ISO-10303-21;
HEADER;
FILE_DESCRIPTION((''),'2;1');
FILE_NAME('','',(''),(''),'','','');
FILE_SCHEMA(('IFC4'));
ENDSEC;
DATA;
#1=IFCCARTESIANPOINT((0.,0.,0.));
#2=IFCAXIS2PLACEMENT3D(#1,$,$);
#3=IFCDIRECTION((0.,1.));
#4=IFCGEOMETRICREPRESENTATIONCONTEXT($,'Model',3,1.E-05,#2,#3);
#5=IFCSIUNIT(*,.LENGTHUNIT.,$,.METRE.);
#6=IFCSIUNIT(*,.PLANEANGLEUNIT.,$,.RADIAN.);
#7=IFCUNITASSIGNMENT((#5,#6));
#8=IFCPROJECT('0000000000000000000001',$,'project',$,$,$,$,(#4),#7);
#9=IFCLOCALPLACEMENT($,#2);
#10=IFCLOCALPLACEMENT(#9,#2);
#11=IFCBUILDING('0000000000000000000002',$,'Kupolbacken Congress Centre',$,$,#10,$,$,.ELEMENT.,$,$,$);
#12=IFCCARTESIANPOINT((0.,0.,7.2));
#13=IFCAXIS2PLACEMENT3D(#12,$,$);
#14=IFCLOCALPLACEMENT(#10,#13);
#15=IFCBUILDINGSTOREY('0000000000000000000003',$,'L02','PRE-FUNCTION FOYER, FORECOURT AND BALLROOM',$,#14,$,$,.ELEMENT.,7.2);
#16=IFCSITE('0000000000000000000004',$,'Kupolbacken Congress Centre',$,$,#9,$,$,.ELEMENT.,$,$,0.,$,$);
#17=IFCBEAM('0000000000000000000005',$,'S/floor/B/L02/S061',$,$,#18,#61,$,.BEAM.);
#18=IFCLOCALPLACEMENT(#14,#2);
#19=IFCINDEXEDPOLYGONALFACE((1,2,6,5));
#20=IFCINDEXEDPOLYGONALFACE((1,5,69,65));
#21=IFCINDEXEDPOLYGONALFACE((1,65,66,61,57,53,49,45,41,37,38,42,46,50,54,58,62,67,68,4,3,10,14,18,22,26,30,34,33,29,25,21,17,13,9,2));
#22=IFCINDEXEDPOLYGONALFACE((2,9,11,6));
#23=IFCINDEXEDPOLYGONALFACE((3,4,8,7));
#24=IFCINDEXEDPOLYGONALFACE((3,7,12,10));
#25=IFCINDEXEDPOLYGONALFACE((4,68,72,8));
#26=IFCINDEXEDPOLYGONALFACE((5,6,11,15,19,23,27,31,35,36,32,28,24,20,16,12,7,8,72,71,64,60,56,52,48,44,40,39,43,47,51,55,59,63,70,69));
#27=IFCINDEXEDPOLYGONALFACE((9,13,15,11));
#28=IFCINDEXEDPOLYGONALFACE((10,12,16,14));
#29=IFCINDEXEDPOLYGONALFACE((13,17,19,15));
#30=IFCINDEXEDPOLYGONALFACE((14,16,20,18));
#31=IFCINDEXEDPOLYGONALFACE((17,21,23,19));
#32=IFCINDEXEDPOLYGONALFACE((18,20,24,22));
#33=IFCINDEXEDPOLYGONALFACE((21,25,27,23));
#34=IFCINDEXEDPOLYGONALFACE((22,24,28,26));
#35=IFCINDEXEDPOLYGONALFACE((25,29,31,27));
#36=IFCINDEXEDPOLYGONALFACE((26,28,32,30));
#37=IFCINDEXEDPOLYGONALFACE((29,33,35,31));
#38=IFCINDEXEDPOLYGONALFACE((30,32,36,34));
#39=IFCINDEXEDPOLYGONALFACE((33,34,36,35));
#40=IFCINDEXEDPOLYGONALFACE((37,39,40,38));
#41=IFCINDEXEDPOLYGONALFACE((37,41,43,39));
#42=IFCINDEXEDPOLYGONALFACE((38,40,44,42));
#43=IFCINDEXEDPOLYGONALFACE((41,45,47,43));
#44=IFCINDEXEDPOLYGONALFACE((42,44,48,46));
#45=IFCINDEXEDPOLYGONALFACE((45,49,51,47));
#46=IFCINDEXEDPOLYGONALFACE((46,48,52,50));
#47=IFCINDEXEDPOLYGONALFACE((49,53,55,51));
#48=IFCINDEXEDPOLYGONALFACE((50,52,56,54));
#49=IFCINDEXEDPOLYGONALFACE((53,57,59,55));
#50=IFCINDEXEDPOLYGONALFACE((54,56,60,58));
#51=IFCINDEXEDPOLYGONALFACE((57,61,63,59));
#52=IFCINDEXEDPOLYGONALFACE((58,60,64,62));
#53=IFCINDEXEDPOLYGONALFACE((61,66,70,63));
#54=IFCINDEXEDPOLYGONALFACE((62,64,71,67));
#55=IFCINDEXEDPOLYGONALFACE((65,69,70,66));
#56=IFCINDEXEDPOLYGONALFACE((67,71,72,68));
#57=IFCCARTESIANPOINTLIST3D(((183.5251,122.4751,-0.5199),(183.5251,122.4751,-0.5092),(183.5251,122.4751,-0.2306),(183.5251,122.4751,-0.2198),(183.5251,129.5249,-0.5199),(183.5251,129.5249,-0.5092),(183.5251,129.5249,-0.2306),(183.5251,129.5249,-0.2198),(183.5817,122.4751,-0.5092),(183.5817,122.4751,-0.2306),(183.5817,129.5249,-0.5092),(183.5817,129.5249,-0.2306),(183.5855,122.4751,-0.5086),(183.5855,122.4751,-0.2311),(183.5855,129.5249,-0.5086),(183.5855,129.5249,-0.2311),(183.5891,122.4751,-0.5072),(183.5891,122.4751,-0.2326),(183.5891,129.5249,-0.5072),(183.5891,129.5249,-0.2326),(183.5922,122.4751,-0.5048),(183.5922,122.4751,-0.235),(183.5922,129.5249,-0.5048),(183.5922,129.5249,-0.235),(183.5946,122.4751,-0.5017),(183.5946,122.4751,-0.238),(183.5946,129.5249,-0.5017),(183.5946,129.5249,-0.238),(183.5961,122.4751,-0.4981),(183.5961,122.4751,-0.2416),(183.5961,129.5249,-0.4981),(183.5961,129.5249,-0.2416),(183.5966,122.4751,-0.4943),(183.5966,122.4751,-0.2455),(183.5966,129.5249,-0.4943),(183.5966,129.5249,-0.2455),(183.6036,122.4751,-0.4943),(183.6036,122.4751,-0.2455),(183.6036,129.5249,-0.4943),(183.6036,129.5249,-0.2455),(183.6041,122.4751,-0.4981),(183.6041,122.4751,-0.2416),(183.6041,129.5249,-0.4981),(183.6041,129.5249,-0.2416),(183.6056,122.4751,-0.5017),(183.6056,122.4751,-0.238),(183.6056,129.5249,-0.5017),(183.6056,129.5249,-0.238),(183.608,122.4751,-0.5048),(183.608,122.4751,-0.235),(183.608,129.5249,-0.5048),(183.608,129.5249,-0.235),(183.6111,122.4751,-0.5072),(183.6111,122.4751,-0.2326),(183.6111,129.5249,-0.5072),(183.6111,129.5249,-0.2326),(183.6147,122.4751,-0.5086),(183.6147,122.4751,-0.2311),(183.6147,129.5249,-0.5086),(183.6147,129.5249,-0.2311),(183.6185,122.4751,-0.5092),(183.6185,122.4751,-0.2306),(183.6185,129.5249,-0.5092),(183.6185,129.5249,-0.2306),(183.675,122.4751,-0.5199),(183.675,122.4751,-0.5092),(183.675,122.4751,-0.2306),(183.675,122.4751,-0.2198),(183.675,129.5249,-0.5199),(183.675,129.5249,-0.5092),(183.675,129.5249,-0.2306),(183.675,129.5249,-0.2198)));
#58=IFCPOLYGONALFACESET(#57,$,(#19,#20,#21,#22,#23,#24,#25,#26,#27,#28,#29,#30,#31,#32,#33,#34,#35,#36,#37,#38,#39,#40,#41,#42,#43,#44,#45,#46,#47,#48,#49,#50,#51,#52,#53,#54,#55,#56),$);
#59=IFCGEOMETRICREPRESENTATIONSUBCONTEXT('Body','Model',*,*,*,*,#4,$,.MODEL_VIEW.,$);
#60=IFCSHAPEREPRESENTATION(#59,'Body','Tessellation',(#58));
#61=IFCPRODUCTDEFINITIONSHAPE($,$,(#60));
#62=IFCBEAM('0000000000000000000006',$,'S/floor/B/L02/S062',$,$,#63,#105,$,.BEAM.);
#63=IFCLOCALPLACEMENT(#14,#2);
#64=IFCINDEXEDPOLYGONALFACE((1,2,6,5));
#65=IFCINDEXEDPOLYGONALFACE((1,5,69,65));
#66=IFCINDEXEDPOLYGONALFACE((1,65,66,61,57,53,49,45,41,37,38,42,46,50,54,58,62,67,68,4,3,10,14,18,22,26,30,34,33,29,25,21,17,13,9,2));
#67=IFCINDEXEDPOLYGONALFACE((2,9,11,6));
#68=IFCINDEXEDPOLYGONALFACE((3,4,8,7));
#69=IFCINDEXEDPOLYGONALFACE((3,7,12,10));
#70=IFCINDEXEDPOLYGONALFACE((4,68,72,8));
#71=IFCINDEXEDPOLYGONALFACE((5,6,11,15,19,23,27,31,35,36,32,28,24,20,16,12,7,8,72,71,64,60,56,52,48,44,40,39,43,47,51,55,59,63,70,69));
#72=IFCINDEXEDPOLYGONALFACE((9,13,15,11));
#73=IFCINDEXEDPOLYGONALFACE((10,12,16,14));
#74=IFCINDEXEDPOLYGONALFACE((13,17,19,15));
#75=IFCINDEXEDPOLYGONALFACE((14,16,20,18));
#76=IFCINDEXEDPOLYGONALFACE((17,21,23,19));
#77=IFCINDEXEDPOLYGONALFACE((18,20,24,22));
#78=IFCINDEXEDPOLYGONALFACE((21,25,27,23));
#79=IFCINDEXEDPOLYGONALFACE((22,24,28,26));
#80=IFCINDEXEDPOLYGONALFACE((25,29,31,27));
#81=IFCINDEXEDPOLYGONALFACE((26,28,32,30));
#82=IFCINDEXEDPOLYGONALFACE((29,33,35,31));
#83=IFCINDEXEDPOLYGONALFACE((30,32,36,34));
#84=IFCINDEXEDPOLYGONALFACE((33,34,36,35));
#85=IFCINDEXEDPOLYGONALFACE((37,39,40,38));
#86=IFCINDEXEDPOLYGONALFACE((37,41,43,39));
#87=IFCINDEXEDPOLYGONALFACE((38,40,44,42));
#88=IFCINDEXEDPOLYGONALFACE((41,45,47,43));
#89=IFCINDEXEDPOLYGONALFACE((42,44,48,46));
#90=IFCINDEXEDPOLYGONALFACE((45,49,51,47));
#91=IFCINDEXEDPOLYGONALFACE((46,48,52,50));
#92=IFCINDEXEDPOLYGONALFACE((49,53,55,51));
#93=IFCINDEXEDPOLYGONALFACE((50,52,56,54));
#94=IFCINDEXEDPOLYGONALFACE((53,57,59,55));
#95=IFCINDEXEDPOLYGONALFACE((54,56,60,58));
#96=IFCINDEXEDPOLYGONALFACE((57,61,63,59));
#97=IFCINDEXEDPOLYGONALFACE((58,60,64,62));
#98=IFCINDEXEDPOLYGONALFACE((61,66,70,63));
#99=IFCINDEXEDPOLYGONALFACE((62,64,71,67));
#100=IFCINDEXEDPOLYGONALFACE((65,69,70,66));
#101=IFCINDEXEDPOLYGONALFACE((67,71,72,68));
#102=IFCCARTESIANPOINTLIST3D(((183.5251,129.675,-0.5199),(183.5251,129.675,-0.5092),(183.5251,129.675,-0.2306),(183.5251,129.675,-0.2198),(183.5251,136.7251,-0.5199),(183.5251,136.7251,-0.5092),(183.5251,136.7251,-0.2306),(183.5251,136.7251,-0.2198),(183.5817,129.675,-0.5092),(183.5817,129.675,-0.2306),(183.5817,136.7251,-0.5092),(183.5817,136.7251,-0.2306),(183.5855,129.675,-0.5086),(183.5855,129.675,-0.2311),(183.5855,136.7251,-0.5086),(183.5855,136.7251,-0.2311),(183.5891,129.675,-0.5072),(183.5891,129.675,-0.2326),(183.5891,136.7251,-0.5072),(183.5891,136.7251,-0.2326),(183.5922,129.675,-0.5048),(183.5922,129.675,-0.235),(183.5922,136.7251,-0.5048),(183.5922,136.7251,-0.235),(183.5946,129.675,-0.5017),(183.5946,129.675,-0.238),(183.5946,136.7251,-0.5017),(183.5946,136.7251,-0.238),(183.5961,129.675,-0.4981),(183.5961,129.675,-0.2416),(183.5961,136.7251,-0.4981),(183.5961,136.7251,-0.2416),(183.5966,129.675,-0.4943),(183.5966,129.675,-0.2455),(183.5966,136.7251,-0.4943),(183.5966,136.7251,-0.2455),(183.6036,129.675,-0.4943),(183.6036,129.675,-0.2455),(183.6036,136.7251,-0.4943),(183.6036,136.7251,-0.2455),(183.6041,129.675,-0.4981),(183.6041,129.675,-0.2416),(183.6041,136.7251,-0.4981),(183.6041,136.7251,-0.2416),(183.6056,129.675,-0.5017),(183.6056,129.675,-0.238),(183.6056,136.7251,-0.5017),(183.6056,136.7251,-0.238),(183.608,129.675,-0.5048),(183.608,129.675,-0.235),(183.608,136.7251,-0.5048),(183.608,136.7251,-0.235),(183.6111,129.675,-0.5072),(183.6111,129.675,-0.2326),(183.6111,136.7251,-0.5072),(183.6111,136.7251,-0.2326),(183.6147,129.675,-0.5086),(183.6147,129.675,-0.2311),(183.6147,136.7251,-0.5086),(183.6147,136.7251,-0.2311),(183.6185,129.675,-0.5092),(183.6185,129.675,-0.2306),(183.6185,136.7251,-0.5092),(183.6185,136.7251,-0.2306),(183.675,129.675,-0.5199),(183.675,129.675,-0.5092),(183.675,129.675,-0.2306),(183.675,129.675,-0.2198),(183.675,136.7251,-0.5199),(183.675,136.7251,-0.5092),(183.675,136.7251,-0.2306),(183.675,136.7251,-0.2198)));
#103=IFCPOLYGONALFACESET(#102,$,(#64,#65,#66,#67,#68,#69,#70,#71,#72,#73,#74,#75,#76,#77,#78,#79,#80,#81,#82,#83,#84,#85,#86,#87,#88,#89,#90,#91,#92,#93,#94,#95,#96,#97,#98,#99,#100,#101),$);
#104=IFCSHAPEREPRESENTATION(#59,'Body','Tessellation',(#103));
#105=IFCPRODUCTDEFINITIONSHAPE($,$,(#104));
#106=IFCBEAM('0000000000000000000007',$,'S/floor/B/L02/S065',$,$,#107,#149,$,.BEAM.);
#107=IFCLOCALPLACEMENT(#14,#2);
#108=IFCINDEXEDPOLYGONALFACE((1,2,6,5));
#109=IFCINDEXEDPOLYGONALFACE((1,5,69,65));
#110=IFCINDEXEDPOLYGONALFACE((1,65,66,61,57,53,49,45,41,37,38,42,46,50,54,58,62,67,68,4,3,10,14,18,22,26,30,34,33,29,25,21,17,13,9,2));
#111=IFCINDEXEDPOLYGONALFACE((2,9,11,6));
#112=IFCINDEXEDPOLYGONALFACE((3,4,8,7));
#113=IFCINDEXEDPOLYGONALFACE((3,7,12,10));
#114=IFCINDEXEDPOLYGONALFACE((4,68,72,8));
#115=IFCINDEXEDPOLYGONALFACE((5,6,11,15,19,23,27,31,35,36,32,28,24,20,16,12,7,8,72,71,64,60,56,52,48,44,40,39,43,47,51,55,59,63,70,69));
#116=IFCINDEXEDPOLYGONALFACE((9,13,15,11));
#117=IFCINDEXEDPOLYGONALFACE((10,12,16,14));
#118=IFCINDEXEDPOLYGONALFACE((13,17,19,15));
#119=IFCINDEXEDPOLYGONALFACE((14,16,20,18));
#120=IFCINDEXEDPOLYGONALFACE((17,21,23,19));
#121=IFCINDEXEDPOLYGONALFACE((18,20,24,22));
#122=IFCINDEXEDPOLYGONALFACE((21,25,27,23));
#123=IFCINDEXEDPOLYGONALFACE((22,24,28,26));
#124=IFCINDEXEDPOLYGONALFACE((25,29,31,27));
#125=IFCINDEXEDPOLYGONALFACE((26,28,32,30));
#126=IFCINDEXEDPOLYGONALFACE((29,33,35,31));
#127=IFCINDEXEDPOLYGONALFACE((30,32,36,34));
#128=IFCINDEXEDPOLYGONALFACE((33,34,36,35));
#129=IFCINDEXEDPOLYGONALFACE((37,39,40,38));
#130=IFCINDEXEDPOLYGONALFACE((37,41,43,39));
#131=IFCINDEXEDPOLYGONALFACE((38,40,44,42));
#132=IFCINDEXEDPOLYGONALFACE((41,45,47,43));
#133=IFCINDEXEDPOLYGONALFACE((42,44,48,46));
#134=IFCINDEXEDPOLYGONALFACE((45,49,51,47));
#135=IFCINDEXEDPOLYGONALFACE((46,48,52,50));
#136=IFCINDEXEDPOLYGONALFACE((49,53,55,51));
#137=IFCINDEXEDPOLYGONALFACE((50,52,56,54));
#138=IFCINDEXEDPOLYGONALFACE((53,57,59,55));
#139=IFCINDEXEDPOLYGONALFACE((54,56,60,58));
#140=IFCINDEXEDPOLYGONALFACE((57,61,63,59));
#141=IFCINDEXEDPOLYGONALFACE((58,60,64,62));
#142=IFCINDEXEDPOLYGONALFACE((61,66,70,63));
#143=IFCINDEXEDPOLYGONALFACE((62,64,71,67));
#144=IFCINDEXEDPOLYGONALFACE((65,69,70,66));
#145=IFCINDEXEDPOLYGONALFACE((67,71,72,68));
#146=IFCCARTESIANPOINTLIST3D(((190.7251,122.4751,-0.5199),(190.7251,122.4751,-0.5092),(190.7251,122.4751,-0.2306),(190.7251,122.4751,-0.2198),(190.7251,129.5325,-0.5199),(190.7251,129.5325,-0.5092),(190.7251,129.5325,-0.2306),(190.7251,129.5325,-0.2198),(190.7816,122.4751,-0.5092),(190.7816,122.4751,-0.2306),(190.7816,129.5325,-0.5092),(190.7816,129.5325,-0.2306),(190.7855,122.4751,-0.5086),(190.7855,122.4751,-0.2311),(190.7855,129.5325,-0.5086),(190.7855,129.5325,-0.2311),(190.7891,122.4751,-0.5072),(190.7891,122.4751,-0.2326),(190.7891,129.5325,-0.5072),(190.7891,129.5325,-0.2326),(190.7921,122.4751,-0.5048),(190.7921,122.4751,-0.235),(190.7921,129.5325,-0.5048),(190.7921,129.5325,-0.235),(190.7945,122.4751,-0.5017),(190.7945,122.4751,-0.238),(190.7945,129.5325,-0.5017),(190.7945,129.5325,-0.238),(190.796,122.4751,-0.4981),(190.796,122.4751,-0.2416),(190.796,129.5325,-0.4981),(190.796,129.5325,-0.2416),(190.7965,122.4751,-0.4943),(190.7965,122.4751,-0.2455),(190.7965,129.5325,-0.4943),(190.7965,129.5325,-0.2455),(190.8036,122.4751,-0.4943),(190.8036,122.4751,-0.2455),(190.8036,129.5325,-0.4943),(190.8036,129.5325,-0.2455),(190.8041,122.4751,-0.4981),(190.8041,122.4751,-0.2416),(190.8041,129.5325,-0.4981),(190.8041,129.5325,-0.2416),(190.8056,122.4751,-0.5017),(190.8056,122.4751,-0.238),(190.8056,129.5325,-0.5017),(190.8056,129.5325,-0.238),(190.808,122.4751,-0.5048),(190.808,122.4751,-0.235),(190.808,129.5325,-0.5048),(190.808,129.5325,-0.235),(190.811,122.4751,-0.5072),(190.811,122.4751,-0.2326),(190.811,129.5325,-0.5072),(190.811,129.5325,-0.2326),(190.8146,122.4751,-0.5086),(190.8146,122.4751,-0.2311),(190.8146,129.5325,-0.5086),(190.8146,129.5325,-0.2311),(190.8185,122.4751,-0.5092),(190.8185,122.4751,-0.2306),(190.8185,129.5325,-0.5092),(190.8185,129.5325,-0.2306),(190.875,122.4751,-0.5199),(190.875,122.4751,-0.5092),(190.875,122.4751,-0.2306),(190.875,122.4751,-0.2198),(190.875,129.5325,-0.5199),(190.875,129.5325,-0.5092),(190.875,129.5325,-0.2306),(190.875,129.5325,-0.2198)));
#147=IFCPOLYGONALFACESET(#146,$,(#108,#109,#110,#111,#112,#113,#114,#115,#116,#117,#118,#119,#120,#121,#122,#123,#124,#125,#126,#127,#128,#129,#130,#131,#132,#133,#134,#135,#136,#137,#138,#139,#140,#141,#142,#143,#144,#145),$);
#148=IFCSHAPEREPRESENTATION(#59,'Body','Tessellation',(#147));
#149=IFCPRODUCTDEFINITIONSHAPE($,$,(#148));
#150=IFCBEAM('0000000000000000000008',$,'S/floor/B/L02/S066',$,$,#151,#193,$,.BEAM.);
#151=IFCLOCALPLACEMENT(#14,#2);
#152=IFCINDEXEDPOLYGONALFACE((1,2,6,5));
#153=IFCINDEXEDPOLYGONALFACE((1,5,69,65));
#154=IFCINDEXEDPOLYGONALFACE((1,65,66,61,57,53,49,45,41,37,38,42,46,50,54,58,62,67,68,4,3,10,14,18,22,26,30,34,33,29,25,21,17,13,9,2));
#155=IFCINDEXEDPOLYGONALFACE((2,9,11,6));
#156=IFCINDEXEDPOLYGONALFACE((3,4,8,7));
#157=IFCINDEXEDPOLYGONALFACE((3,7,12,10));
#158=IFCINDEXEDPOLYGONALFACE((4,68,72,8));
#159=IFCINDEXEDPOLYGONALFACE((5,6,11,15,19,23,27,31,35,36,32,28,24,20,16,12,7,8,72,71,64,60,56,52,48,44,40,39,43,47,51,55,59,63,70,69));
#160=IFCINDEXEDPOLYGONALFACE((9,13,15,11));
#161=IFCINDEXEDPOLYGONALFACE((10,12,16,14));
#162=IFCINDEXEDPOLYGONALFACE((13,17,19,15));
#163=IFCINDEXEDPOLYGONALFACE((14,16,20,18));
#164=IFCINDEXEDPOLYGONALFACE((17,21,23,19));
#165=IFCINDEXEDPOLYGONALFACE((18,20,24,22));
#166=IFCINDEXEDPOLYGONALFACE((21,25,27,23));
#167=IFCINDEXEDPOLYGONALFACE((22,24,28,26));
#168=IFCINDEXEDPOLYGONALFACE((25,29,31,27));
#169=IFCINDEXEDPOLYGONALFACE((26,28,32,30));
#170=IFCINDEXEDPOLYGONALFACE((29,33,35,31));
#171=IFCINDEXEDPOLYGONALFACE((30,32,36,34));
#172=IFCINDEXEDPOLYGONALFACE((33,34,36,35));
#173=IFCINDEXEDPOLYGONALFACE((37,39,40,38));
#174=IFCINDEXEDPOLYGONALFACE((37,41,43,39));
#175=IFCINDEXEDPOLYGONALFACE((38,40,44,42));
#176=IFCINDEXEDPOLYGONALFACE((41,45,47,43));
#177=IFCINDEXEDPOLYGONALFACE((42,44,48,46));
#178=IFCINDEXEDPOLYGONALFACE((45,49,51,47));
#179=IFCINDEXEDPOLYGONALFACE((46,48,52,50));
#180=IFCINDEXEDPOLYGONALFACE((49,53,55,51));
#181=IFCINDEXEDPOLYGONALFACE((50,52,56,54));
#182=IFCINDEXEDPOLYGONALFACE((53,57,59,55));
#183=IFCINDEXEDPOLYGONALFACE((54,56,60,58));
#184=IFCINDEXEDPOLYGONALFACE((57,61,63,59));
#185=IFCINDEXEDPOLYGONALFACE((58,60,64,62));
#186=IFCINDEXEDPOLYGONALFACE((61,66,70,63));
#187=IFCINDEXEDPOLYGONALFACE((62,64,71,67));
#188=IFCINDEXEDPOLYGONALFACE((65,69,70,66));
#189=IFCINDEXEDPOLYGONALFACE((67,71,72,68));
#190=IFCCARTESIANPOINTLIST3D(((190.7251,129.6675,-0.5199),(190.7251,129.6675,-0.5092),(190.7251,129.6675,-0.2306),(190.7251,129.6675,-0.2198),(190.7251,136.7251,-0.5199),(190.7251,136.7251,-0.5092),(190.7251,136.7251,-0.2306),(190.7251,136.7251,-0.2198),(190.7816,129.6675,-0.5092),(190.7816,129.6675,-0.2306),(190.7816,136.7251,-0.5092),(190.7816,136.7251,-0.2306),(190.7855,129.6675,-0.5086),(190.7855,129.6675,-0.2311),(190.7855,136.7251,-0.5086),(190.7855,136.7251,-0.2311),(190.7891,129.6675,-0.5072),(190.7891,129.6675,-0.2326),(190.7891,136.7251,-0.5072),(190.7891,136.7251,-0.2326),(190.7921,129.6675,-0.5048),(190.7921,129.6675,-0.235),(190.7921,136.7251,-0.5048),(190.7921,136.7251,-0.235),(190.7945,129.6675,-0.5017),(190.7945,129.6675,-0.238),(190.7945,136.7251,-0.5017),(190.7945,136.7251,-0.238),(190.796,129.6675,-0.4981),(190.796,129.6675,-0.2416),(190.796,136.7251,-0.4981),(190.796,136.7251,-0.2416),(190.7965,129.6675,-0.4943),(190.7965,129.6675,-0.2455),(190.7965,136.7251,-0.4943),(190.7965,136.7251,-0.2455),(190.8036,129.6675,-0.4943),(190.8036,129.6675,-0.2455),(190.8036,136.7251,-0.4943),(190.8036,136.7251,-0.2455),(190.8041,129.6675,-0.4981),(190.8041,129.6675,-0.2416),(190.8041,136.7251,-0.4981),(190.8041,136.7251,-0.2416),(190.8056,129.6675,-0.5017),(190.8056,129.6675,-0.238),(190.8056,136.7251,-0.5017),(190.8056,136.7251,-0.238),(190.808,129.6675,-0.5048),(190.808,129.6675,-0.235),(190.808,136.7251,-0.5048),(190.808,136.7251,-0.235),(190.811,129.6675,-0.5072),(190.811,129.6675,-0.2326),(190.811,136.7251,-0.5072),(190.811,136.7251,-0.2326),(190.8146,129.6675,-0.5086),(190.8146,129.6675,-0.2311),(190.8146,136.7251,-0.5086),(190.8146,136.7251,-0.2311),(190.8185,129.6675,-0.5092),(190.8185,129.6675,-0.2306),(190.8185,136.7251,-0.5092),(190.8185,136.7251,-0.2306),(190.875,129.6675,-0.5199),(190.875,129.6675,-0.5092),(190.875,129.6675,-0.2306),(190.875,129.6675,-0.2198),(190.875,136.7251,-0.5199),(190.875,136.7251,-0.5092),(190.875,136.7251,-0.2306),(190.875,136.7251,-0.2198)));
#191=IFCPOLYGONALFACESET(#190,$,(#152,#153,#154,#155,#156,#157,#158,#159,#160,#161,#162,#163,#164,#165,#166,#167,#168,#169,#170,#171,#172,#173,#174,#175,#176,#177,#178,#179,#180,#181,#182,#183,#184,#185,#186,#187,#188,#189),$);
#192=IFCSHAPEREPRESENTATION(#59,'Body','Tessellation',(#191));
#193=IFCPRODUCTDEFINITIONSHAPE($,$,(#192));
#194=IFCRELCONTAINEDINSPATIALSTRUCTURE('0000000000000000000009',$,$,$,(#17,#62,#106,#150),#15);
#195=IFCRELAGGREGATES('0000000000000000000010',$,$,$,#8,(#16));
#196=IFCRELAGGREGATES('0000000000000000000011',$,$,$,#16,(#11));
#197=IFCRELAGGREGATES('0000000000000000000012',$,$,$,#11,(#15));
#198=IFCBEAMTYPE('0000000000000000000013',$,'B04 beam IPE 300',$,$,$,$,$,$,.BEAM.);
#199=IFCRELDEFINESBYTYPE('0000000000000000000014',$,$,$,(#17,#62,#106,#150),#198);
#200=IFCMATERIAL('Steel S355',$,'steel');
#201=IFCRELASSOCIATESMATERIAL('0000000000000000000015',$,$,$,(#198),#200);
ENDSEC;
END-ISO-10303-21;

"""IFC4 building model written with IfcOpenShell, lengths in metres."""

from ifc_helpers import new_model, si_unit, direction, frame, origin, origin_2d, place, context, subcontext, project, spatial, i_section, extrude, material, material_profile, profile_set, type_object, element, save


model = new_model("IFC4")

# Units and contexts
model_context = context("Model", 3, precision=1e-05, world=origin(), true_north=direction((0.0, 1.0)))
body_context = subcontext(model_context, "Body", "Model", "MODEL_VIEW")
ifc_project = project(units=[si_unit("LENGTHUNIT", "METRE"), si_unit("PLANEANGLEUNIT", "RADIAN")], contexts=[model_context])

# Site, building, storey
site_placement = place(None, origin())
site = spatial("IfcSite", under=ifc_project, at=site_placement, Name="Kupolbacken Congress Centre", CompositionType="ELEMENT", RefElevation=0.0)
building_placement = place(site_placement, origin())
building = spatial("IfcBuilding", under=site, at=building_placement, Name="Kupolbacken Congress Centre", CompositionType="ELEMENT")
storey_placement = place(building_placement, frame((0.0, 0.0, 7.2)))
storey = spatial("IfcBuildingStorey", under=building, at=storey_placement, Name="L02", Description="PRE-FUNCTION FOYER, FORECOURT AND BALLROOM", CompositionType="ELEMENT", Elevation=7.2)

# Beams
ifc_material_1 = material(Name="Steel S355", Category="steel")
ifc_material_profile_1 = material_profile(ifc_material_1, i_section(OverallWidth=0.1499, OverallDepth=0.3, WebThickness=0.0071, FlangeThickness=0.0107, FilletRadius=0.0149, at=origin_2d()), Name="IPE 300")
ifc_profile_set_1 = profile_set([ifc_material_profile_1], Name="Steel S355")
beam_type_1 = type_object("IfcBeamType", Name="B04 beam IPE 300", PredefinedType="BEAM", material=ifc_profile_set_1)
beam_1_placement = place(storey_placement, frame((183.6001, 122.4751, -0.3699), z_axis=(0.0, 1.0, 0.0), x_axis=(-1.0, 0.0, 0.0)))
element("IfcBeam", 1, at=beam_1_placement, inside=storey, type_object=beam_type_1, Name="S/floor/B/L02/S061", PredefinedType="BEAM", context=body_context, shape_type="SweptSolid", body=[
    extrude(i_section(OverallWidth=0.1499, OverallDepth=0.3, WebThickness=0.0071, FlangeThickness=0.0107, FilletRadius=0.0149, at=origin_2d()), origin(), (0.0, 0.0, 1.0), 7.0498),
])
beam_2_placement = place(storey_placement, frame((183.6001, 129.675, -0.3699), z_axis=(0.0, 1.0, 0.0), x_axis=(-1.0, 0.0, 0.0)))
element("IfcBeam", 2, at=beam_2_placement, inside=storey, type_object=beam_type_1, Name="S/floor/B/L02/S062", PredefinedType="BEAM", context=body_context, shape_type="SweptSolid", body=[
    extrude(i_section(OverallWidth=0.1499, OverallDepth=0.3, WebThickness=0.0071, FlangeThickness=0.0107, FilletRadius=0.0149, at=origin_2d()), origin(), (0.0, 0.0, 1.0), 7.05),
])
beam_3_placement = place(storey_placement, frame((190.8, 122.4751, -0.3699), z_axis=(0.0, 1.0, 0.0), x_axis=(-1.0, 0.0, 0.0)))
element("IfcBeam", 3, at=beam_3_placement, inside=storey, type_object=beam_type_1, Name="S/floor/B/L02/S065", PredefinedType="BEAM", context=body_context, shape_type="SweptSolid", body=[
    extrude(i_section(OverallWidth=0.1499, OverallDepth=0.3, WebThickness=0.0071, FlangeThickness=0.0107, FilletRadius=0.0149, at=origin_2d()), origin(), (0.0, 0.0, 1.0), 7.0574),
])
beam_4_placement = place(storey_placement, frame((190.8, 129.6675, -0.3699), z_axis=(0.0, 1.0, 0.0), x_axis=(-1.0, 0.0, 0.0)))
element("IfcBeam", 4, at=beam_4_placement, inside=storey, type_object=beam_type_1, Name="S/floor/B/L02/S066", PredefinedType="BEAM", context=body_context, shape_type="SweptSolid", body=[
    extrude(i_section(OverallWidth=0.1499, OverallDepth=0.3, WebThickness=0.0071, FlangeThickness=0.0107, FilletRadius=0.0149, at=origin_2d()), origin(), (0.0, 0.0, 1.0), 7.0576),
])

save(model, "model.ifc")
